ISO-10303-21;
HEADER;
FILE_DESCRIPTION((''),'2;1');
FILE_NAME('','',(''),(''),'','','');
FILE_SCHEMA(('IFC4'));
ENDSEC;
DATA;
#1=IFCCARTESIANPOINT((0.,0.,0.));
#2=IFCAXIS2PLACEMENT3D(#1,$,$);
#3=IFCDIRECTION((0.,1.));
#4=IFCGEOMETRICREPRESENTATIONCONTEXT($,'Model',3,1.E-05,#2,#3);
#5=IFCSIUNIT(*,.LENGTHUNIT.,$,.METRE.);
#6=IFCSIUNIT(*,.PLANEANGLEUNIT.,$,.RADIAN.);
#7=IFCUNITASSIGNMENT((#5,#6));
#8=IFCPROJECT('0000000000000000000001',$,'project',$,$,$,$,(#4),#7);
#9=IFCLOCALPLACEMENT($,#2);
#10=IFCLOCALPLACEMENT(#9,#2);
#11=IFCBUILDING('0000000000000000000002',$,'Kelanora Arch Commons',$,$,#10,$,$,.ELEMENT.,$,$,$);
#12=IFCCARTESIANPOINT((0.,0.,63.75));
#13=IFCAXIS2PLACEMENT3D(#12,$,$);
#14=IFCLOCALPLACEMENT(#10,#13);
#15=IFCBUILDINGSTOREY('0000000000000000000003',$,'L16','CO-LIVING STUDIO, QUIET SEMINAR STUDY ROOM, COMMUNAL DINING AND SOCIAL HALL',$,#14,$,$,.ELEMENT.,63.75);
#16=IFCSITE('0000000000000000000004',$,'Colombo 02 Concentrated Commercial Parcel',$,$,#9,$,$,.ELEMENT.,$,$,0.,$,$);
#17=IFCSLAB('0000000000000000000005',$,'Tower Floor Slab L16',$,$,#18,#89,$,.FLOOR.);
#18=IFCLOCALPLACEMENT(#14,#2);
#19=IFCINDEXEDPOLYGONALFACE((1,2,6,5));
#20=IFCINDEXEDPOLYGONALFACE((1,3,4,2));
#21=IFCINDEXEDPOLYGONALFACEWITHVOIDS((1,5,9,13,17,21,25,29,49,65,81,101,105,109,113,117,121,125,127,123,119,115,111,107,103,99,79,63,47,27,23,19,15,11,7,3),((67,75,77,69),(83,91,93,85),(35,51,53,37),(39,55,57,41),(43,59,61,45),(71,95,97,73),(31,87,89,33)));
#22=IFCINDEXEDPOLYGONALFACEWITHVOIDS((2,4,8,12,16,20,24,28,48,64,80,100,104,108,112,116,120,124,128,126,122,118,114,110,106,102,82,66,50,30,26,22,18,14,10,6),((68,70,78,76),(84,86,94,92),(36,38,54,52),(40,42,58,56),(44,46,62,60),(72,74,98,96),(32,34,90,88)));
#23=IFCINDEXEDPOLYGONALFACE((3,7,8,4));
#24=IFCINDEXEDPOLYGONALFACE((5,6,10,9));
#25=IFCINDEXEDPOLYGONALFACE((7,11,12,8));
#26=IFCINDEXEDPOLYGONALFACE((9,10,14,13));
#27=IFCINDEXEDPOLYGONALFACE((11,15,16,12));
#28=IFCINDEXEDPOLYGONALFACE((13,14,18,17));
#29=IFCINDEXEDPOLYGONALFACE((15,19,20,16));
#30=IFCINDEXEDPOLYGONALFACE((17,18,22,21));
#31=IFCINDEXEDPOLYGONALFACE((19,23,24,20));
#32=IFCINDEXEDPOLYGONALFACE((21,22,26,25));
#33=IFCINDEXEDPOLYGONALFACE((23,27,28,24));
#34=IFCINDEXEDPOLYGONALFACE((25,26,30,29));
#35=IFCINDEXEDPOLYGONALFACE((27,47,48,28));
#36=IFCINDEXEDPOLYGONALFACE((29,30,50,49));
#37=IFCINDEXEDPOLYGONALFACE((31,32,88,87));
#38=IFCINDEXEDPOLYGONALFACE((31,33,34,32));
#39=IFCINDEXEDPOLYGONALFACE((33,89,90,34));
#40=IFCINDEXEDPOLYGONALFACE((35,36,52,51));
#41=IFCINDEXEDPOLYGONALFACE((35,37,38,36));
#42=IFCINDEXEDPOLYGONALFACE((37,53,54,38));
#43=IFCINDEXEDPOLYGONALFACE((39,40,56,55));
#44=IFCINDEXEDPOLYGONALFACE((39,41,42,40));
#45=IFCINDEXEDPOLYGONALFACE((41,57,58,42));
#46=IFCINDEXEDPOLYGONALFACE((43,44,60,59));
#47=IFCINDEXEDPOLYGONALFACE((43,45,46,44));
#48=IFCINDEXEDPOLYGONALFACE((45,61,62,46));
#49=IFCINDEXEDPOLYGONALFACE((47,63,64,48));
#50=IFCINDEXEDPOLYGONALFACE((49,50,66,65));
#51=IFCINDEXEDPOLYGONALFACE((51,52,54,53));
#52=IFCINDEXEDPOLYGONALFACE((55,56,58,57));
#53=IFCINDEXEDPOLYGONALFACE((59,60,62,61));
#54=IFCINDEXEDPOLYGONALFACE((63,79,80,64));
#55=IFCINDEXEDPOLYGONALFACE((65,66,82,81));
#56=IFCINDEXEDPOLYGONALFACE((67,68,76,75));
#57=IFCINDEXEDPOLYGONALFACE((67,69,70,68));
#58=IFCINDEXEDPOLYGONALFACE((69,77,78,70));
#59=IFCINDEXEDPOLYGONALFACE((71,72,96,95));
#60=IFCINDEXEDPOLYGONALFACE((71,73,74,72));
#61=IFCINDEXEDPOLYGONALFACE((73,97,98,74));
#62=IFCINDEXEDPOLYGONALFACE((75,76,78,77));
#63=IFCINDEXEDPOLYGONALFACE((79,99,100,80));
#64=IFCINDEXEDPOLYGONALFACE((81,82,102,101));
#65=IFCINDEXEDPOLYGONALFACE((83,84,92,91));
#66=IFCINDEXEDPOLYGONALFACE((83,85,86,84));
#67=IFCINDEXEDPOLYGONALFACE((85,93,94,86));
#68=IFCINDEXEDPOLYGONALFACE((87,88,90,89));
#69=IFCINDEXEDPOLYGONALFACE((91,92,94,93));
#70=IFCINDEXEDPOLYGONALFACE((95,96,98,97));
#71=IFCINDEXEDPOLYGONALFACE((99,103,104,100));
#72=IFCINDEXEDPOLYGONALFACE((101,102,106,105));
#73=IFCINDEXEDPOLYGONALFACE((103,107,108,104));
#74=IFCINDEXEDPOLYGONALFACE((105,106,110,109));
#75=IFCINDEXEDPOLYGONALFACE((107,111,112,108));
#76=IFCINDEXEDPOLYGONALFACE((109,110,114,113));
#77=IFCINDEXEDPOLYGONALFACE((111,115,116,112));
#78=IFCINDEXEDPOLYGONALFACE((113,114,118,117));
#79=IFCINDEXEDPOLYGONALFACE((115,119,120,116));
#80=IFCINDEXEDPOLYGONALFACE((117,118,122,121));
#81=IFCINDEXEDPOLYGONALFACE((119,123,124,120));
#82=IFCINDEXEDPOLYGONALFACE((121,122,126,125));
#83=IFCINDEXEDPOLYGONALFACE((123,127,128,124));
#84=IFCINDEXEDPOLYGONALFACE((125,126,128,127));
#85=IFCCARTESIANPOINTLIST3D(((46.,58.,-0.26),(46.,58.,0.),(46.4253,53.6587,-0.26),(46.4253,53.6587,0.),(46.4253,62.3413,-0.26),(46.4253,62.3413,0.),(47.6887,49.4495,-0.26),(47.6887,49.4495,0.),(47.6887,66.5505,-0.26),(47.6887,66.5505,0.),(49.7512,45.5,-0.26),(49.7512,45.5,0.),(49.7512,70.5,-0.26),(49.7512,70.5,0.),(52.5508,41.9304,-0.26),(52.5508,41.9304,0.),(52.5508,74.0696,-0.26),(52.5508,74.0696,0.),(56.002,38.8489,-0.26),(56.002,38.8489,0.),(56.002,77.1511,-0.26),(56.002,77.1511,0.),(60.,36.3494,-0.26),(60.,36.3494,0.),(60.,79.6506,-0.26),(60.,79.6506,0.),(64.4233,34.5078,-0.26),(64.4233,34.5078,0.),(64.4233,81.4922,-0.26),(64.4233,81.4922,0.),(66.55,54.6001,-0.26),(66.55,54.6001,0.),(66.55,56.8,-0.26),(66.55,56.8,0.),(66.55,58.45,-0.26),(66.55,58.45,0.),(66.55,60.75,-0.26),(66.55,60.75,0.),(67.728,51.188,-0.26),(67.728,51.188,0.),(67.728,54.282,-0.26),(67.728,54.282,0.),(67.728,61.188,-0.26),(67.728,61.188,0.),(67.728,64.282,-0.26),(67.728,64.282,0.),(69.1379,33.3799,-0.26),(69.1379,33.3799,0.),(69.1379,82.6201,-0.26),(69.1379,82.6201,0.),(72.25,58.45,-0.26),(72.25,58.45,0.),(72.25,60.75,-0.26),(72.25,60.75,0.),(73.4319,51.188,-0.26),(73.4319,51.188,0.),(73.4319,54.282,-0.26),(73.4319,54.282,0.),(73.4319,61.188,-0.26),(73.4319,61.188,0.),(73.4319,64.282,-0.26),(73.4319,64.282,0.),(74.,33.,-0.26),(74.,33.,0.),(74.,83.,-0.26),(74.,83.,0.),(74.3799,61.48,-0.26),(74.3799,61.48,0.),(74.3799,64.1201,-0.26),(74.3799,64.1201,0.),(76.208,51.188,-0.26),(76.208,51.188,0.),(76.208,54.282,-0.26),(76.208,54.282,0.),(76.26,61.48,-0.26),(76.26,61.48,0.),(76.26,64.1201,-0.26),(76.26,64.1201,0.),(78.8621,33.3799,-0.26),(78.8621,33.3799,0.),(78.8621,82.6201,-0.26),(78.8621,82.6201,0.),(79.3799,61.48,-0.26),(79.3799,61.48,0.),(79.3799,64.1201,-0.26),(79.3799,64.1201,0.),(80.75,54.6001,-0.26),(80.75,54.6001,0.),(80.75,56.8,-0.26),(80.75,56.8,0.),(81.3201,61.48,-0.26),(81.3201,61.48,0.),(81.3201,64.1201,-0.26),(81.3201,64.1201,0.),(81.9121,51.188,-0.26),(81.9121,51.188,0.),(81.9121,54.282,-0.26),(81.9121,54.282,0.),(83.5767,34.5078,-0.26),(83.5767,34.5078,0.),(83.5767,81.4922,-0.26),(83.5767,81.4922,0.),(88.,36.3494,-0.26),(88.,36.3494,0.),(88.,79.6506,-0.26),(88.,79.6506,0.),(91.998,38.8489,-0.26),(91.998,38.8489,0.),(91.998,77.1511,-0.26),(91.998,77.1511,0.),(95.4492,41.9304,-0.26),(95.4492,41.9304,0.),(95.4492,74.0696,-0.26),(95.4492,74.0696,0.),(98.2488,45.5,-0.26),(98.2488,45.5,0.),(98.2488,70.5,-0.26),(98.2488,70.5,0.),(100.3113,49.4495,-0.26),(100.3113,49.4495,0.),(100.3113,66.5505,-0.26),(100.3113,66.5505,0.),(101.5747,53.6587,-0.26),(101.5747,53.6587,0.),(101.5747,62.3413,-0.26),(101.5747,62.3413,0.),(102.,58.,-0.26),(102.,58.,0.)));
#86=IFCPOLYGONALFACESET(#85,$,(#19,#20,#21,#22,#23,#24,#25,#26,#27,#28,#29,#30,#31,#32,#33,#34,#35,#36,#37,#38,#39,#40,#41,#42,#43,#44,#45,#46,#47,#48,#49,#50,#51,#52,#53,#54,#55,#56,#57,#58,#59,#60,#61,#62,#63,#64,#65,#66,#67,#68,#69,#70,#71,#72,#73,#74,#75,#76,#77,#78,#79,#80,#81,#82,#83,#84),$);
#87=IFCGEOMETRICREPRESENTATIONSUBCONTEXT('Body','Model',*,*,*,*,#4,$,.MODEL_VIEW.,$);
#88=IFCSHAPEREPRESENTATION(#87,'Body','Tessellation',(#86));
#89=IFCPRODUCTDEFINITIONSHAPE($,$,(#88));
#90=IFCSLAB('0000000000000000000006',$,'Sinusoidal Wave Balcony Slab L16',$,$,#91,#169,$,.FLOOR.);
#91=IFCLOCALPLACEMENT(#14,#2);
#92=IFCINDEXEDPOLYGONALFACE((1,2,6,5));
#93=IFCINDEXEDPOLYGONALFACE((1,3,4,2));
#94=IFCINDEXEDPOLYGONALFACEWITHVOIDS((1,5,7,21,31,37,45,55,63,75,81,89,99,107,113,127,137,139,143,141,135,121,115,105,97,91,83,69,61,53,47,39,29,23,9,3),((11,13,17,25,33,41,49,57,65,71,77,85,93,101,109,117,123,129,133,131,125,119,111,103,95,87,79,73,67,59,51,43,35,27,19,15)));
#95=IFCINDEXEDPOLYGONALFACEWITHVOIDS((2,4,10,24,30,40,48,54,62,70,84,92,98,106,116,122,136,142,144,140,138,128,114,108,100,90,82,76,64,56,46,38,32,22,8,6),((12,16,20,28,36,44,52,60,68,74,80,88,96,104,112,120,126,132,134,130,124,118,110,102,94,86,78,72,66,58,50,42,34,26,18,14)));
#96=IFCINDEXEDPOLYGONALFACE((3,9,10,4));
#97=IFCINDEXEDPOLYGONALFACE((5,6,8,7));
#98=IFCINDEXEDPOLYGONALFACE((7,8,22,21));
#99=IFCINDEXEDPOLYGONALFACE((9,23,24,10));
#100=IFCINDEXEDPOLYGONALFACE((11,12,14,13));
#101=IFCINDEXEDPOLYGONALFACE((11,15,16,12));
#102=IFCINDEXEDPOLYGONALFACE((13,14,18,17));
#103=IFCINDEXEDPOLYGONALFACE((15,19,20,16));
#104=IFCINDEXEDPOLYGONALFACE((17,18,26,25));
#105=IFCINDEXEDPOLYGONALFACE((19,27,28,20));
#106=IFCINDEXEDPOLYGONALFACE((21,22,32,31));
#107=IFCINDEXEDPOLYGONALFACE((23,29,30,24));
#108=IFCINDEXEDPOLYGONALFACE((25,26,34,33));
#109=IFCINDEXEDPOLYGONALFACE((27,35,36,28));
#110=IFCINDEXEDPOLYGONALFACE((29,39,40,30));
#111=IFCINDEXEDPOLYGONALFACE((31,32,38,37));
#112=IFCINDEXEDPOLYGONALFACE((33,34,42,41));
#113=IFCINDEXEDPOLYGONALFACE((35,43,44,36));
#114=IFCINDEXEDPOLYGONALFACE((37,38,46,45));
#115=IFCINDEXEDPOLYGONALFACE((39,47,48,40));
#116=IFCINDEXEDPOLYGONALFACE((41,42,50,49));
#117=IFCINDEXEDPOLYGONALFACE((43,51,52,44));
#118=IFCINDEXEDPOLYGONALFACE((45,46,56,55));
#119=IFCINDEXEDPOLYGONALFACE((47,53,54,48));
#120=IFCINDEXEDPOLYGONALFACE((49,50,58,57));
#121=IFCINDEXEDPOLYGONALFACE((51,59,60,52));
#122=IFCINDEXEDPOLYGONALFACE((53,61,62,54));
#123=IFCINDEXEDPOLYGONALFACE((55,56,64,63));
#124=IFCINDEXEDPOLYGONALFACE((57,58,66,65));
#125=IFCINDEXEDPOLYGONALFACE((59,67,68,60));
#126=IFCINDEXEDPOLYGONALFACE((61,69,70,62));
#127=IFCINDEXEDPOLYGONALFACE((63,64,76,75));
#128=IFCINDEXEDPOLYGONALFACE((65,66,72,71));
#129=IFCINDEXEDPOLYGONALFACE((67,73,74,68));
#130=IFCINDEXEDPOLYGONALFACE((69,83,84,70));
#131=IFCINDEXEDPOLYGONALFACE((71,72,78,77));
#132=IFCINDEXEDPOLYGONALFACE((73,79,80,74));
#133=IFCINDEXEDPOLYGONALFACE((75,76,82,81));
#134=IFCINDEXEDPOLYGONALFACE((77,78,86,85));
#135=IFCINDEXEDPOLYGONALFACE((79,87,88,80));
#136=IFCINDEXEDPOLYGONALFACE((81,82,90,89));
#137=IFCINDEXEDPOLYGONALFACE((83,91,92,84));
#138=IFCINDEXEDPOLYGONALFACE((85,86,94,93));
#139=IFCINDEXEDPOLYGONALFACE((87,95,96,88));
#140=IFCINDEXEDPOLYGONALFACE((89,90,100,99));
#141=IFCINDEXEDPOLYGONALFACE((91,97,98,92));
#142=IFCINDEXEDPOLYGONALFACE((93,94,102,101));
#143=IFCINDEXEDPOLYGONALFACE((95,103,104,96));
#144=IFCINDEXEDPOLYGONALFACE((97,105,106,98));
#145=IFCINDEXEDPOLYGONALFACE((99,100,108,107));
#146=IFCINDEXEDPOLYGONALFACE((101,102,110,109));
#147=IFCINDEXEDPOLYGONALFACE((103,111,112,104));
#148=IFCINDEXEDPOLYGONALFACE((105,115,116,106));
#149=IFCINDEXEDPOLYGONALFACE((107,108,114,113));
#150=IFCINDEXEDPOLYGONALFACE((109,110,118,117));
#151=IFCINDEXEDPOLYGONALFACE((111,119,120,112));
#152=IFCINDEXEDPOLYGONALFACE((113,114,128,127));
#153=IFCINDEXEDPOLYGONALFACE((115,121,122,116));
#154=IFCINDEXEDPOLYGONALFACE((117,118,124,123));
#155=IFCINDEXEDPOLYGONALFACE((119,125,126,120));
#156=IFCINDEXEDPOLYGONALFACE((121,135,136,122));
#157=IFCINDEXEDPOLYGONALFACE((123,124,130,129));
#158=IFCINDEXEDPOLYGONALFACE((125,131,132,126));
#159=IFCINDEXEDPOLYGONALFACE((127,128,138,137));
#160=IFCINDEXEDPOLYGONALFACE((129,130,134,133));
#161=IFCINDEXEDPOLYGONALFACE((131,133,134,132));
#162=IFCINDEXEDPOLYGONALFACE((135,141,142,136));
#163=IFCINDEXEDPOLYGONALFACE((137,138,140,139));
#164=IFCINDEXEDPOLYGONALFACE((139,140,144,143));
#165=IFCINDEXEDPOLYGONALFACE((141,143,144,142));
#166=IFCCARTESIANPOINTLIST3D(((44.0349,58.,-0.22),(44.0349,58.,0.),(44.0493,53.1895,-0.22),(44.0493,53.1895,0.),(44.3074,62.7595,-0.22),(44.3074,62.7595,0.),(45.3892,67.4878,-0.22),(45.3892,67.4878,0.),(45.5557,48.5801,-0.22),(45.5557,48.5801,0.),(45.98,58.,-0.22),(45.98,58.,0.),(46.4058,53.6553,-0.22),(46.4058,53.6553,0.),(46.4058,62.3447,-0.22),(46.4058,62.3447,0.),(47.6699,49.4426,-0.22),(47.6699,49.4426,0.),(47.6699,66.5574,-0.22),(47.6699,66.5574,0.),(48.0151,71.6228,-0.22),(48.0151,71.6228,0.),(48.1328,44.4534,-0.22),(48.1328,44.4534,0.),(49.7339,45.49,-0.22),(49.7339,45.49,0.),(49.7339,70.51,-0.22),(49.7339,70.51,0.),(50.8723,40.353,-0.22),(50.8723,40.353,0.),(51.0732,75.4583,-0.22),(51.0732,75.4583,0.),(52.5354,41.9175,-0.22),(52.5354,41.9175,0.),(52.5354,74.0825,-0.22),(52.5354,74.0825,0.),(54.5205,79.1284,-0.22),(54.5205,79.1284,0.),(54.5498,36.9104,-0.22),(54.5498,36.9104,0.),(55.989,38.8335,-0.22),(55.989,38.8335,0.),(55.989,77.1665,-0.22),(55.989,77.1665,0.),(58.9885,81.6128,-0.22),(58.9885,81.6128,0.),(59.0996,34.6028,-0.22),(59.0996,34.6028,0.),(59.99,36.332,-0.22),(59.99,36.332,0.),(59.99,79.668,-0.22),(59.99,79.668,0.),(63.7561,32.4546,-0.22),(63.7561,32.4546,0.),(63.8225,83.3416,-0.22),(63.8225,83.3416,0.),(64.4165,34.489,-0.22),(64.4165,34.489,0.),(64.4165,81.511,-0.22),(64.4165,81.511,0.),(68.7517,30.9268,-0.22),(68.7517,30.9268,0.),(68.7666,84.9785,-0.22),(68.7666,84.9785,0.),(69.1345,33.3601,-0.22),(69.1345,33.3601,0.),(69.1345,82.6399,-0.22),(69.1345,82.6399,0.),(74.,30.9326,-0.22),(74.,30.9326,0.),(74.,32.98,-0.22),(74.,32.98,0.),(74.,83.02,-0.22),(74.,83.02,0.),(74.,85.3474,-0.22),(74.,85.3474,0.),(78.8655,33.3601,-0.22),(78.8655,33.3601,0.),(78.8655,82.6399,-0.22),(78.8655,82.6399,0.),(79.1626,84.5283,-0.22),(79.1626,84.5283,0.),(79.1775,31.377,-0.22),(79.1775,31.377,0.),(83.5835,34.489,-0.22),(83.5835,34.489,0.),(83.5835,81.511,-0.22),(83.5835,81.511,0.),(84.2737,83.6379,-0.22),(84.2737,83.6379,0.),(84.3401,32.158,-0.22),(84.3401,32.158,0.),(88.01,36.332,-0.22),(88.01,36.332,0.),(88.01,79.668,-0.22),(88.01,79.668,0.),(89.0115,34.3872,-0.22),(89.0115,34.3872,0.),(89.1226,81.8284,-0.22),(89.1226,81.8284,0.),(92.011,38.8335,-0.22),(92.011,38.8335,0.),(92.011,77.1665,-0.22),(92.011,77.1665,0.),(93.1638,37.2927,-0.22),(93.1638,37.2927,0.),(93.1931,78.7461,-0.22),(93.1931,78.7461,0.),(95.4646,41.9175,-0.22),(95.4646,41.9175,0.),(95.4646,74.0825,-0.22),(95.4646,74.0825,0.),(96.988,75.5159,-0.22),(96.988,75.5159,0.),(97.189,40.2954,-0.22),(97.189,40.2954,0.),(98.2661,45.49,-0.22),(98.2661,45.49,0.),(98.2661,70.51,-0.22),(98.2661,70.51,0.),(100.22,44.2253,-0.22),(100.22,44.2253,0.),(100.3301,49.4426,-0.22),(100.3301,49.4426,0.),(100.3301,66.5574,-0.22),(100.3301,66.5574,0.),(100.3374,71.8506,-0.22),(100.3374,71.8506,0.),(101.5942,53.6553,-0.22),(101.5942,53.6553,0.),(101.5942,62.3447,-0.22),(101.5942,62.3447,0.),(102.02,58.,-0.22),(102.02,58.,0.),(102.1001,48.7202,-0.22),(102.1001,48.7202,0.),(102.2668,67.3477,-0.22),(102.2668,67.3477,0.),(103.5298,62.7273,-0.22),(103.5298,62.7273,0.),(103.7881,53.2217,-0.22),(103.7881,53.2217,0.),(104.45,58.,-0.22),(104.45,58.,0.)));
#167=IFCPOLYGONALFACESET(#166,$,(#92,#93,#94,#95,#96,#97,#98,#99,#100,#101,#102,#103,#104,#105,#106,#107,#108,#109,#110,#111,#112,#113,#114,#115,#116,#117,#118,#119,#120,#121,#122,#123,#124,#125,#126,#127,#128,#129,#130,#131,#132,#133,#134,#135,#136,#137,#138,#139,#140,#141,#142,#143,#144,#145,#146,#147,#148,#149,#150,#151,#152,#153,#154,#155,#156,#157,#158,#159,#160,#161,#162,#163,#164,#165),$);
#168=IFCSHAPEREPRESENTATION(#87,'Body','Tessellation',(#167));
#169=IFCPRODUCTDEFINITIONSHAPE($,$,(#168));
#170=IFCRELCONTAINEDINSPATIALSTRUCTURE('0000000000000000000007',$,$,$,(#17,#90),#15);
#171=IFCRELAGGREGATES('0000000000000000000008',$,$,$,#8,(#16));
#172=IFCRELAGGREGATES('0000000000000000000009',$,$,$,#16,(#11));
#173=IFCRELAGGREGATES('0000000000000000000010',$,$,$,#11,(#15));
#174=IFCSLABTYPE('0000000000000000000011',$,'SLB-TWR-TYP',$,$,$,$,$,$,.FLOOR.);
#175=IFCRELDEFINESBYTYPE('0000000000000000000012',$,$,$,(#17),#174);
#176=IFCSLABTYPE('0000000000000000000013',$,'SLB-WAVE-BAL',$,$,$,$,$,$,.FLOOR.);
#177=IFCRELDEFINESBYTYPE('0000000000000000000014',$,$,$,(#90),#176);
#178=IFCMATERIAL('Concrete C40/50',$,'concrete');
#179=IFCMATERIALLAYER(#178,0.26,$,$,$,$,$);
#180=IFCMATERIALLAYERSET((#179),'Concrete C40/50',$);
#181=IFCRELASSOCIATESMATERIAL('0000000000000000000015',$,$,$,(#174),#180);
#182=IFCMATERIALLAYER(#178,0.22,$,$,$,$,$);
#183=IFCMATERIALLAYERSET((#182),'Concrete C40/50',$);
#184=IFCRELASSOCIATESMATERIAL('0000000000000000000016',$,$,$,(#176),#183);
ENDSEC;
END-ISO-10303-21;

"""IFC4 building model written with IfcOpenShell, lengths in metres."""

from ifc_helpers import new_model, si_unit, direction, frame, origin, place, context, subcontext, project, spatial, polyline, outline, extrude, material, layer, layer_set, type_object, element, save


model = new_model("IFC4")

# Units and contexts
model_context = context("Model", 3, precision=1e-05, world=origin(), true_north=direction((0.0, 1.0)))
body_context = subcontext(model_context, "Body", "Model", "MODEL_VIEW")
ifc_project = project(units=[si_unit("LENGTHUNIT", "METRE"), si_unit("PLANEANGLEUNIT", "RADIAN")], contexts=[model_context])

# Site, building, storey
site_placement = place(None, origin())
site = spatial("IfcSite", under=ifc_project, at=site_placement, Name="Colombo 02 Concentrated Commercial Parcel", CompositionType="ELEMENT", RefElevation=0.0)
building_placement = place(site_placement, origin())
building = spatial("IfcBuilding", under=site, at=building_placement, Name="Kelanora Arch Commons", CompositionType="ELEMENT")
storey_placement = place(building_placement, frame((0.0, 0.0, 63.75)))
storey = spatial("IfcBuildingStorey", under=building, at=storey_placement, Name="L16", Description="CO-LIVING STUDIO, QUIET SEMINAR STUDY ROOM, COMMUNAL DINING AND SOCIAL HALL", CompositionType="ELEMENT", Elevation=63.75)

# Shared definitions
ifc_material_1 = material(Name="Concrete C40/50", Category="concrete")

# Slabs
ifc_layer_1 = layer(ifc_material_1, 0.26)
ifc_layer_set_1 = layer_set([ifc_layer_1], Name="Concrete C40/50")
slab_type_1 = type_object("IfcSlabType", Name="SLB-TWR-TYP", PredefinedType="FLOOR", material=ifc_layer_set_1)
slab_1_placement = place(storey_placement, frame((0.0, 0.0, -0.26)))
element("IfcSlab", 1, at=slab_1_placement, inside=storey, type_object=slab_type_1, Name="Tower Floor Slab L16", PredefinedType="FLOOR", context=body_context, shape_type="SweptSolid", body=[
    extrude(outline(polyline([(102.0, 58.0), (101.5747, 62.3413), (100.3113, 66.5505), (98.2488, 70.5), (95.4492, 74.0696), (91.998, 77.1511), (88.0, 79.6506), (83.5767, 81.4922), (78.8621, 82.6201), (74.0, 83.0), (69.1379, 82.6201), (64.4233, 81.4922), (60.0, 79.6506), (56.002, 77.1511), (52.5508, 74.0696), (49.7512, 70.5), (47.6887, 66.5505), (46.4253, 62.3413), (46.0, 58.0), (46.4253, 53.6587), (47.6887, 49.4495), (49.7512, 45.5), (52.5508, 41.9304), (56.002, 38.8489), (60.0, 36.3494), (64.4233, 34.5078), (69.1379, 33.3799), (74.0, 33.0), (78.8621, 33.3799), (83.5767, 34.5078), (88.0, 36.3494), (91.998, 38.8489), (95.4492, 41.9304), (98.2488, 45.5), (100.3113, 49.4495), (101.5747, 53.6587), (102.0, 58.0)]), holes=[polyline([(73.4319, 51.188), (67.728, 51.188), (67.728, 54.282), (73.4319, 54.282), (73.4319, 51.188)]), polyline([(76.208, 51.188), (76.208, 54.282), (81.9121, 54.282), (81.9121, 51.188), (76.208, 51.188)]), polyline([(66.55, 54.6001), (66.55, 56.8), (80.75, 56.8), (80.75, 54.6001), (66.55, 54.6001)]), polyline([(66.55, 58.45), (66.55, 60.75), (72.25, 60.75), (72.25, 58.45), (66.55, 58.45)]), polyline([(67.728, 61.188), (67.728, 64.282), (73.4319, 64.282), (73.4319, 61.188), (67.728, 61.188)]), polyline([(74.3799, 61.48), (74.3799, 64.1201), (76.26, 64.1201), (76.26, 61.48), (74.3799, 61.48)]), polyline([(79.3799, 61.48), (79.3799, 64.1201), (81.3201, 64.1201), (81.3201, 61.48), (79.3799, 61.48)])]), origin(), (0.0, 0.0, 1.0), 0.26),
])
ifc_layer_2 = layer(ifc_material_1, 0.22)
ifc_layer_set_2 = layer_set([ifc_layer_2], Name="Concrete C40/50")
slab_type_2 = type_object("IfcSlabType", Name="SLB-WAVE-BAL", PredefinedType="FLOOR", material=ifc_layer_set_2)
slab_2_placement = place(storey_placement, frame((0.0, 0.0, -0.22)))
element("IfcSlab", 2, at=slab_2_placement, inside=storey, type_object=slab_type_2, Name="Sinusoidal Wave Balcony Slab L16", PredefinedType="FLOOR", context=body_context, shape_type="SweptSolid", body=[
    extrude(outline(polyline([(104.45, 58.0), (103.5298, 62.7273), (102.2668, 67.3477), (100.3374, 71.8506), (96.988, 75.5159), (93.1931, 78.7461), (89.1226, 81.8284), (84.2737, 83.6379), (79.1626, 84.5283), (74.0, 85.3474), (68.7666, 84.9785), (63.8225, 83.3416), (58.9885, 81.6128), (54.5205, 79.1284), (51.0732, 75.4583), (48.0151, 71.6228), (45.3892, 67.4878), (44.3074, 62.7595), (44.0349, 58.0), (44.0493, 53.1895), (45.5557, 48.5801), (48.1328, 44.4534), (50.8723, 40.353), (54.5498, 36.9104), (59.0996, 34.6028), (63.7561, 32.4546), (68.7517, 30.9268), (74.0, 30.9326), (79.1775, 31.377), (84.3401, 32.158), (89.0115, 34.3872), (93.1638, 37.2927), (97.189, 40.2954), (100.22, 44.2253), (102.1001, 48.7202), (103.7881, 53.2217), (104.45, 58.0)]), holes=[polyline([(101.5942, 53.6553), (100.3301, 49.4426), (98.2661, 45.49), (95.4646, 41.9175), (92.011, 38.8335), (88.01, 36.332), (83.5835, 34.489), (78.8655, 33.3601), (74.0, 32.98), (69.1345, 33.3601), (64.4165, 34.489), (59.99, 36.332), (55.989, 38.8335), (52.5354, 41.9175), (49.7339, 45.49), (47.6699, 49.4426), (46.4058, 53.6553), (45.98, 58.0), (46.4058, 62.3447), (47.6699, 66.5574), (49.7339, 70.51), (52.5354, 74.0825), (55.989, 77.1665), (59.99, 79.668), (64.4165, 81.511), (69.1345, 82.6399), (74.0, 83.02), (78.8655, 82.6399), (83.5835, 81.511), (88.01, 79.668), (92.011, 77.1665), (95.4646, 74.0825), (98.2661, 70.51), (100.3301, 66.5574), (101.5942, 62.3447), (102.02, 58.0), (101.5942, 53.6553)])]), origin(), (0.0, 0.0, 1.0), 0.22),
])

save(model, "model.ifc")
